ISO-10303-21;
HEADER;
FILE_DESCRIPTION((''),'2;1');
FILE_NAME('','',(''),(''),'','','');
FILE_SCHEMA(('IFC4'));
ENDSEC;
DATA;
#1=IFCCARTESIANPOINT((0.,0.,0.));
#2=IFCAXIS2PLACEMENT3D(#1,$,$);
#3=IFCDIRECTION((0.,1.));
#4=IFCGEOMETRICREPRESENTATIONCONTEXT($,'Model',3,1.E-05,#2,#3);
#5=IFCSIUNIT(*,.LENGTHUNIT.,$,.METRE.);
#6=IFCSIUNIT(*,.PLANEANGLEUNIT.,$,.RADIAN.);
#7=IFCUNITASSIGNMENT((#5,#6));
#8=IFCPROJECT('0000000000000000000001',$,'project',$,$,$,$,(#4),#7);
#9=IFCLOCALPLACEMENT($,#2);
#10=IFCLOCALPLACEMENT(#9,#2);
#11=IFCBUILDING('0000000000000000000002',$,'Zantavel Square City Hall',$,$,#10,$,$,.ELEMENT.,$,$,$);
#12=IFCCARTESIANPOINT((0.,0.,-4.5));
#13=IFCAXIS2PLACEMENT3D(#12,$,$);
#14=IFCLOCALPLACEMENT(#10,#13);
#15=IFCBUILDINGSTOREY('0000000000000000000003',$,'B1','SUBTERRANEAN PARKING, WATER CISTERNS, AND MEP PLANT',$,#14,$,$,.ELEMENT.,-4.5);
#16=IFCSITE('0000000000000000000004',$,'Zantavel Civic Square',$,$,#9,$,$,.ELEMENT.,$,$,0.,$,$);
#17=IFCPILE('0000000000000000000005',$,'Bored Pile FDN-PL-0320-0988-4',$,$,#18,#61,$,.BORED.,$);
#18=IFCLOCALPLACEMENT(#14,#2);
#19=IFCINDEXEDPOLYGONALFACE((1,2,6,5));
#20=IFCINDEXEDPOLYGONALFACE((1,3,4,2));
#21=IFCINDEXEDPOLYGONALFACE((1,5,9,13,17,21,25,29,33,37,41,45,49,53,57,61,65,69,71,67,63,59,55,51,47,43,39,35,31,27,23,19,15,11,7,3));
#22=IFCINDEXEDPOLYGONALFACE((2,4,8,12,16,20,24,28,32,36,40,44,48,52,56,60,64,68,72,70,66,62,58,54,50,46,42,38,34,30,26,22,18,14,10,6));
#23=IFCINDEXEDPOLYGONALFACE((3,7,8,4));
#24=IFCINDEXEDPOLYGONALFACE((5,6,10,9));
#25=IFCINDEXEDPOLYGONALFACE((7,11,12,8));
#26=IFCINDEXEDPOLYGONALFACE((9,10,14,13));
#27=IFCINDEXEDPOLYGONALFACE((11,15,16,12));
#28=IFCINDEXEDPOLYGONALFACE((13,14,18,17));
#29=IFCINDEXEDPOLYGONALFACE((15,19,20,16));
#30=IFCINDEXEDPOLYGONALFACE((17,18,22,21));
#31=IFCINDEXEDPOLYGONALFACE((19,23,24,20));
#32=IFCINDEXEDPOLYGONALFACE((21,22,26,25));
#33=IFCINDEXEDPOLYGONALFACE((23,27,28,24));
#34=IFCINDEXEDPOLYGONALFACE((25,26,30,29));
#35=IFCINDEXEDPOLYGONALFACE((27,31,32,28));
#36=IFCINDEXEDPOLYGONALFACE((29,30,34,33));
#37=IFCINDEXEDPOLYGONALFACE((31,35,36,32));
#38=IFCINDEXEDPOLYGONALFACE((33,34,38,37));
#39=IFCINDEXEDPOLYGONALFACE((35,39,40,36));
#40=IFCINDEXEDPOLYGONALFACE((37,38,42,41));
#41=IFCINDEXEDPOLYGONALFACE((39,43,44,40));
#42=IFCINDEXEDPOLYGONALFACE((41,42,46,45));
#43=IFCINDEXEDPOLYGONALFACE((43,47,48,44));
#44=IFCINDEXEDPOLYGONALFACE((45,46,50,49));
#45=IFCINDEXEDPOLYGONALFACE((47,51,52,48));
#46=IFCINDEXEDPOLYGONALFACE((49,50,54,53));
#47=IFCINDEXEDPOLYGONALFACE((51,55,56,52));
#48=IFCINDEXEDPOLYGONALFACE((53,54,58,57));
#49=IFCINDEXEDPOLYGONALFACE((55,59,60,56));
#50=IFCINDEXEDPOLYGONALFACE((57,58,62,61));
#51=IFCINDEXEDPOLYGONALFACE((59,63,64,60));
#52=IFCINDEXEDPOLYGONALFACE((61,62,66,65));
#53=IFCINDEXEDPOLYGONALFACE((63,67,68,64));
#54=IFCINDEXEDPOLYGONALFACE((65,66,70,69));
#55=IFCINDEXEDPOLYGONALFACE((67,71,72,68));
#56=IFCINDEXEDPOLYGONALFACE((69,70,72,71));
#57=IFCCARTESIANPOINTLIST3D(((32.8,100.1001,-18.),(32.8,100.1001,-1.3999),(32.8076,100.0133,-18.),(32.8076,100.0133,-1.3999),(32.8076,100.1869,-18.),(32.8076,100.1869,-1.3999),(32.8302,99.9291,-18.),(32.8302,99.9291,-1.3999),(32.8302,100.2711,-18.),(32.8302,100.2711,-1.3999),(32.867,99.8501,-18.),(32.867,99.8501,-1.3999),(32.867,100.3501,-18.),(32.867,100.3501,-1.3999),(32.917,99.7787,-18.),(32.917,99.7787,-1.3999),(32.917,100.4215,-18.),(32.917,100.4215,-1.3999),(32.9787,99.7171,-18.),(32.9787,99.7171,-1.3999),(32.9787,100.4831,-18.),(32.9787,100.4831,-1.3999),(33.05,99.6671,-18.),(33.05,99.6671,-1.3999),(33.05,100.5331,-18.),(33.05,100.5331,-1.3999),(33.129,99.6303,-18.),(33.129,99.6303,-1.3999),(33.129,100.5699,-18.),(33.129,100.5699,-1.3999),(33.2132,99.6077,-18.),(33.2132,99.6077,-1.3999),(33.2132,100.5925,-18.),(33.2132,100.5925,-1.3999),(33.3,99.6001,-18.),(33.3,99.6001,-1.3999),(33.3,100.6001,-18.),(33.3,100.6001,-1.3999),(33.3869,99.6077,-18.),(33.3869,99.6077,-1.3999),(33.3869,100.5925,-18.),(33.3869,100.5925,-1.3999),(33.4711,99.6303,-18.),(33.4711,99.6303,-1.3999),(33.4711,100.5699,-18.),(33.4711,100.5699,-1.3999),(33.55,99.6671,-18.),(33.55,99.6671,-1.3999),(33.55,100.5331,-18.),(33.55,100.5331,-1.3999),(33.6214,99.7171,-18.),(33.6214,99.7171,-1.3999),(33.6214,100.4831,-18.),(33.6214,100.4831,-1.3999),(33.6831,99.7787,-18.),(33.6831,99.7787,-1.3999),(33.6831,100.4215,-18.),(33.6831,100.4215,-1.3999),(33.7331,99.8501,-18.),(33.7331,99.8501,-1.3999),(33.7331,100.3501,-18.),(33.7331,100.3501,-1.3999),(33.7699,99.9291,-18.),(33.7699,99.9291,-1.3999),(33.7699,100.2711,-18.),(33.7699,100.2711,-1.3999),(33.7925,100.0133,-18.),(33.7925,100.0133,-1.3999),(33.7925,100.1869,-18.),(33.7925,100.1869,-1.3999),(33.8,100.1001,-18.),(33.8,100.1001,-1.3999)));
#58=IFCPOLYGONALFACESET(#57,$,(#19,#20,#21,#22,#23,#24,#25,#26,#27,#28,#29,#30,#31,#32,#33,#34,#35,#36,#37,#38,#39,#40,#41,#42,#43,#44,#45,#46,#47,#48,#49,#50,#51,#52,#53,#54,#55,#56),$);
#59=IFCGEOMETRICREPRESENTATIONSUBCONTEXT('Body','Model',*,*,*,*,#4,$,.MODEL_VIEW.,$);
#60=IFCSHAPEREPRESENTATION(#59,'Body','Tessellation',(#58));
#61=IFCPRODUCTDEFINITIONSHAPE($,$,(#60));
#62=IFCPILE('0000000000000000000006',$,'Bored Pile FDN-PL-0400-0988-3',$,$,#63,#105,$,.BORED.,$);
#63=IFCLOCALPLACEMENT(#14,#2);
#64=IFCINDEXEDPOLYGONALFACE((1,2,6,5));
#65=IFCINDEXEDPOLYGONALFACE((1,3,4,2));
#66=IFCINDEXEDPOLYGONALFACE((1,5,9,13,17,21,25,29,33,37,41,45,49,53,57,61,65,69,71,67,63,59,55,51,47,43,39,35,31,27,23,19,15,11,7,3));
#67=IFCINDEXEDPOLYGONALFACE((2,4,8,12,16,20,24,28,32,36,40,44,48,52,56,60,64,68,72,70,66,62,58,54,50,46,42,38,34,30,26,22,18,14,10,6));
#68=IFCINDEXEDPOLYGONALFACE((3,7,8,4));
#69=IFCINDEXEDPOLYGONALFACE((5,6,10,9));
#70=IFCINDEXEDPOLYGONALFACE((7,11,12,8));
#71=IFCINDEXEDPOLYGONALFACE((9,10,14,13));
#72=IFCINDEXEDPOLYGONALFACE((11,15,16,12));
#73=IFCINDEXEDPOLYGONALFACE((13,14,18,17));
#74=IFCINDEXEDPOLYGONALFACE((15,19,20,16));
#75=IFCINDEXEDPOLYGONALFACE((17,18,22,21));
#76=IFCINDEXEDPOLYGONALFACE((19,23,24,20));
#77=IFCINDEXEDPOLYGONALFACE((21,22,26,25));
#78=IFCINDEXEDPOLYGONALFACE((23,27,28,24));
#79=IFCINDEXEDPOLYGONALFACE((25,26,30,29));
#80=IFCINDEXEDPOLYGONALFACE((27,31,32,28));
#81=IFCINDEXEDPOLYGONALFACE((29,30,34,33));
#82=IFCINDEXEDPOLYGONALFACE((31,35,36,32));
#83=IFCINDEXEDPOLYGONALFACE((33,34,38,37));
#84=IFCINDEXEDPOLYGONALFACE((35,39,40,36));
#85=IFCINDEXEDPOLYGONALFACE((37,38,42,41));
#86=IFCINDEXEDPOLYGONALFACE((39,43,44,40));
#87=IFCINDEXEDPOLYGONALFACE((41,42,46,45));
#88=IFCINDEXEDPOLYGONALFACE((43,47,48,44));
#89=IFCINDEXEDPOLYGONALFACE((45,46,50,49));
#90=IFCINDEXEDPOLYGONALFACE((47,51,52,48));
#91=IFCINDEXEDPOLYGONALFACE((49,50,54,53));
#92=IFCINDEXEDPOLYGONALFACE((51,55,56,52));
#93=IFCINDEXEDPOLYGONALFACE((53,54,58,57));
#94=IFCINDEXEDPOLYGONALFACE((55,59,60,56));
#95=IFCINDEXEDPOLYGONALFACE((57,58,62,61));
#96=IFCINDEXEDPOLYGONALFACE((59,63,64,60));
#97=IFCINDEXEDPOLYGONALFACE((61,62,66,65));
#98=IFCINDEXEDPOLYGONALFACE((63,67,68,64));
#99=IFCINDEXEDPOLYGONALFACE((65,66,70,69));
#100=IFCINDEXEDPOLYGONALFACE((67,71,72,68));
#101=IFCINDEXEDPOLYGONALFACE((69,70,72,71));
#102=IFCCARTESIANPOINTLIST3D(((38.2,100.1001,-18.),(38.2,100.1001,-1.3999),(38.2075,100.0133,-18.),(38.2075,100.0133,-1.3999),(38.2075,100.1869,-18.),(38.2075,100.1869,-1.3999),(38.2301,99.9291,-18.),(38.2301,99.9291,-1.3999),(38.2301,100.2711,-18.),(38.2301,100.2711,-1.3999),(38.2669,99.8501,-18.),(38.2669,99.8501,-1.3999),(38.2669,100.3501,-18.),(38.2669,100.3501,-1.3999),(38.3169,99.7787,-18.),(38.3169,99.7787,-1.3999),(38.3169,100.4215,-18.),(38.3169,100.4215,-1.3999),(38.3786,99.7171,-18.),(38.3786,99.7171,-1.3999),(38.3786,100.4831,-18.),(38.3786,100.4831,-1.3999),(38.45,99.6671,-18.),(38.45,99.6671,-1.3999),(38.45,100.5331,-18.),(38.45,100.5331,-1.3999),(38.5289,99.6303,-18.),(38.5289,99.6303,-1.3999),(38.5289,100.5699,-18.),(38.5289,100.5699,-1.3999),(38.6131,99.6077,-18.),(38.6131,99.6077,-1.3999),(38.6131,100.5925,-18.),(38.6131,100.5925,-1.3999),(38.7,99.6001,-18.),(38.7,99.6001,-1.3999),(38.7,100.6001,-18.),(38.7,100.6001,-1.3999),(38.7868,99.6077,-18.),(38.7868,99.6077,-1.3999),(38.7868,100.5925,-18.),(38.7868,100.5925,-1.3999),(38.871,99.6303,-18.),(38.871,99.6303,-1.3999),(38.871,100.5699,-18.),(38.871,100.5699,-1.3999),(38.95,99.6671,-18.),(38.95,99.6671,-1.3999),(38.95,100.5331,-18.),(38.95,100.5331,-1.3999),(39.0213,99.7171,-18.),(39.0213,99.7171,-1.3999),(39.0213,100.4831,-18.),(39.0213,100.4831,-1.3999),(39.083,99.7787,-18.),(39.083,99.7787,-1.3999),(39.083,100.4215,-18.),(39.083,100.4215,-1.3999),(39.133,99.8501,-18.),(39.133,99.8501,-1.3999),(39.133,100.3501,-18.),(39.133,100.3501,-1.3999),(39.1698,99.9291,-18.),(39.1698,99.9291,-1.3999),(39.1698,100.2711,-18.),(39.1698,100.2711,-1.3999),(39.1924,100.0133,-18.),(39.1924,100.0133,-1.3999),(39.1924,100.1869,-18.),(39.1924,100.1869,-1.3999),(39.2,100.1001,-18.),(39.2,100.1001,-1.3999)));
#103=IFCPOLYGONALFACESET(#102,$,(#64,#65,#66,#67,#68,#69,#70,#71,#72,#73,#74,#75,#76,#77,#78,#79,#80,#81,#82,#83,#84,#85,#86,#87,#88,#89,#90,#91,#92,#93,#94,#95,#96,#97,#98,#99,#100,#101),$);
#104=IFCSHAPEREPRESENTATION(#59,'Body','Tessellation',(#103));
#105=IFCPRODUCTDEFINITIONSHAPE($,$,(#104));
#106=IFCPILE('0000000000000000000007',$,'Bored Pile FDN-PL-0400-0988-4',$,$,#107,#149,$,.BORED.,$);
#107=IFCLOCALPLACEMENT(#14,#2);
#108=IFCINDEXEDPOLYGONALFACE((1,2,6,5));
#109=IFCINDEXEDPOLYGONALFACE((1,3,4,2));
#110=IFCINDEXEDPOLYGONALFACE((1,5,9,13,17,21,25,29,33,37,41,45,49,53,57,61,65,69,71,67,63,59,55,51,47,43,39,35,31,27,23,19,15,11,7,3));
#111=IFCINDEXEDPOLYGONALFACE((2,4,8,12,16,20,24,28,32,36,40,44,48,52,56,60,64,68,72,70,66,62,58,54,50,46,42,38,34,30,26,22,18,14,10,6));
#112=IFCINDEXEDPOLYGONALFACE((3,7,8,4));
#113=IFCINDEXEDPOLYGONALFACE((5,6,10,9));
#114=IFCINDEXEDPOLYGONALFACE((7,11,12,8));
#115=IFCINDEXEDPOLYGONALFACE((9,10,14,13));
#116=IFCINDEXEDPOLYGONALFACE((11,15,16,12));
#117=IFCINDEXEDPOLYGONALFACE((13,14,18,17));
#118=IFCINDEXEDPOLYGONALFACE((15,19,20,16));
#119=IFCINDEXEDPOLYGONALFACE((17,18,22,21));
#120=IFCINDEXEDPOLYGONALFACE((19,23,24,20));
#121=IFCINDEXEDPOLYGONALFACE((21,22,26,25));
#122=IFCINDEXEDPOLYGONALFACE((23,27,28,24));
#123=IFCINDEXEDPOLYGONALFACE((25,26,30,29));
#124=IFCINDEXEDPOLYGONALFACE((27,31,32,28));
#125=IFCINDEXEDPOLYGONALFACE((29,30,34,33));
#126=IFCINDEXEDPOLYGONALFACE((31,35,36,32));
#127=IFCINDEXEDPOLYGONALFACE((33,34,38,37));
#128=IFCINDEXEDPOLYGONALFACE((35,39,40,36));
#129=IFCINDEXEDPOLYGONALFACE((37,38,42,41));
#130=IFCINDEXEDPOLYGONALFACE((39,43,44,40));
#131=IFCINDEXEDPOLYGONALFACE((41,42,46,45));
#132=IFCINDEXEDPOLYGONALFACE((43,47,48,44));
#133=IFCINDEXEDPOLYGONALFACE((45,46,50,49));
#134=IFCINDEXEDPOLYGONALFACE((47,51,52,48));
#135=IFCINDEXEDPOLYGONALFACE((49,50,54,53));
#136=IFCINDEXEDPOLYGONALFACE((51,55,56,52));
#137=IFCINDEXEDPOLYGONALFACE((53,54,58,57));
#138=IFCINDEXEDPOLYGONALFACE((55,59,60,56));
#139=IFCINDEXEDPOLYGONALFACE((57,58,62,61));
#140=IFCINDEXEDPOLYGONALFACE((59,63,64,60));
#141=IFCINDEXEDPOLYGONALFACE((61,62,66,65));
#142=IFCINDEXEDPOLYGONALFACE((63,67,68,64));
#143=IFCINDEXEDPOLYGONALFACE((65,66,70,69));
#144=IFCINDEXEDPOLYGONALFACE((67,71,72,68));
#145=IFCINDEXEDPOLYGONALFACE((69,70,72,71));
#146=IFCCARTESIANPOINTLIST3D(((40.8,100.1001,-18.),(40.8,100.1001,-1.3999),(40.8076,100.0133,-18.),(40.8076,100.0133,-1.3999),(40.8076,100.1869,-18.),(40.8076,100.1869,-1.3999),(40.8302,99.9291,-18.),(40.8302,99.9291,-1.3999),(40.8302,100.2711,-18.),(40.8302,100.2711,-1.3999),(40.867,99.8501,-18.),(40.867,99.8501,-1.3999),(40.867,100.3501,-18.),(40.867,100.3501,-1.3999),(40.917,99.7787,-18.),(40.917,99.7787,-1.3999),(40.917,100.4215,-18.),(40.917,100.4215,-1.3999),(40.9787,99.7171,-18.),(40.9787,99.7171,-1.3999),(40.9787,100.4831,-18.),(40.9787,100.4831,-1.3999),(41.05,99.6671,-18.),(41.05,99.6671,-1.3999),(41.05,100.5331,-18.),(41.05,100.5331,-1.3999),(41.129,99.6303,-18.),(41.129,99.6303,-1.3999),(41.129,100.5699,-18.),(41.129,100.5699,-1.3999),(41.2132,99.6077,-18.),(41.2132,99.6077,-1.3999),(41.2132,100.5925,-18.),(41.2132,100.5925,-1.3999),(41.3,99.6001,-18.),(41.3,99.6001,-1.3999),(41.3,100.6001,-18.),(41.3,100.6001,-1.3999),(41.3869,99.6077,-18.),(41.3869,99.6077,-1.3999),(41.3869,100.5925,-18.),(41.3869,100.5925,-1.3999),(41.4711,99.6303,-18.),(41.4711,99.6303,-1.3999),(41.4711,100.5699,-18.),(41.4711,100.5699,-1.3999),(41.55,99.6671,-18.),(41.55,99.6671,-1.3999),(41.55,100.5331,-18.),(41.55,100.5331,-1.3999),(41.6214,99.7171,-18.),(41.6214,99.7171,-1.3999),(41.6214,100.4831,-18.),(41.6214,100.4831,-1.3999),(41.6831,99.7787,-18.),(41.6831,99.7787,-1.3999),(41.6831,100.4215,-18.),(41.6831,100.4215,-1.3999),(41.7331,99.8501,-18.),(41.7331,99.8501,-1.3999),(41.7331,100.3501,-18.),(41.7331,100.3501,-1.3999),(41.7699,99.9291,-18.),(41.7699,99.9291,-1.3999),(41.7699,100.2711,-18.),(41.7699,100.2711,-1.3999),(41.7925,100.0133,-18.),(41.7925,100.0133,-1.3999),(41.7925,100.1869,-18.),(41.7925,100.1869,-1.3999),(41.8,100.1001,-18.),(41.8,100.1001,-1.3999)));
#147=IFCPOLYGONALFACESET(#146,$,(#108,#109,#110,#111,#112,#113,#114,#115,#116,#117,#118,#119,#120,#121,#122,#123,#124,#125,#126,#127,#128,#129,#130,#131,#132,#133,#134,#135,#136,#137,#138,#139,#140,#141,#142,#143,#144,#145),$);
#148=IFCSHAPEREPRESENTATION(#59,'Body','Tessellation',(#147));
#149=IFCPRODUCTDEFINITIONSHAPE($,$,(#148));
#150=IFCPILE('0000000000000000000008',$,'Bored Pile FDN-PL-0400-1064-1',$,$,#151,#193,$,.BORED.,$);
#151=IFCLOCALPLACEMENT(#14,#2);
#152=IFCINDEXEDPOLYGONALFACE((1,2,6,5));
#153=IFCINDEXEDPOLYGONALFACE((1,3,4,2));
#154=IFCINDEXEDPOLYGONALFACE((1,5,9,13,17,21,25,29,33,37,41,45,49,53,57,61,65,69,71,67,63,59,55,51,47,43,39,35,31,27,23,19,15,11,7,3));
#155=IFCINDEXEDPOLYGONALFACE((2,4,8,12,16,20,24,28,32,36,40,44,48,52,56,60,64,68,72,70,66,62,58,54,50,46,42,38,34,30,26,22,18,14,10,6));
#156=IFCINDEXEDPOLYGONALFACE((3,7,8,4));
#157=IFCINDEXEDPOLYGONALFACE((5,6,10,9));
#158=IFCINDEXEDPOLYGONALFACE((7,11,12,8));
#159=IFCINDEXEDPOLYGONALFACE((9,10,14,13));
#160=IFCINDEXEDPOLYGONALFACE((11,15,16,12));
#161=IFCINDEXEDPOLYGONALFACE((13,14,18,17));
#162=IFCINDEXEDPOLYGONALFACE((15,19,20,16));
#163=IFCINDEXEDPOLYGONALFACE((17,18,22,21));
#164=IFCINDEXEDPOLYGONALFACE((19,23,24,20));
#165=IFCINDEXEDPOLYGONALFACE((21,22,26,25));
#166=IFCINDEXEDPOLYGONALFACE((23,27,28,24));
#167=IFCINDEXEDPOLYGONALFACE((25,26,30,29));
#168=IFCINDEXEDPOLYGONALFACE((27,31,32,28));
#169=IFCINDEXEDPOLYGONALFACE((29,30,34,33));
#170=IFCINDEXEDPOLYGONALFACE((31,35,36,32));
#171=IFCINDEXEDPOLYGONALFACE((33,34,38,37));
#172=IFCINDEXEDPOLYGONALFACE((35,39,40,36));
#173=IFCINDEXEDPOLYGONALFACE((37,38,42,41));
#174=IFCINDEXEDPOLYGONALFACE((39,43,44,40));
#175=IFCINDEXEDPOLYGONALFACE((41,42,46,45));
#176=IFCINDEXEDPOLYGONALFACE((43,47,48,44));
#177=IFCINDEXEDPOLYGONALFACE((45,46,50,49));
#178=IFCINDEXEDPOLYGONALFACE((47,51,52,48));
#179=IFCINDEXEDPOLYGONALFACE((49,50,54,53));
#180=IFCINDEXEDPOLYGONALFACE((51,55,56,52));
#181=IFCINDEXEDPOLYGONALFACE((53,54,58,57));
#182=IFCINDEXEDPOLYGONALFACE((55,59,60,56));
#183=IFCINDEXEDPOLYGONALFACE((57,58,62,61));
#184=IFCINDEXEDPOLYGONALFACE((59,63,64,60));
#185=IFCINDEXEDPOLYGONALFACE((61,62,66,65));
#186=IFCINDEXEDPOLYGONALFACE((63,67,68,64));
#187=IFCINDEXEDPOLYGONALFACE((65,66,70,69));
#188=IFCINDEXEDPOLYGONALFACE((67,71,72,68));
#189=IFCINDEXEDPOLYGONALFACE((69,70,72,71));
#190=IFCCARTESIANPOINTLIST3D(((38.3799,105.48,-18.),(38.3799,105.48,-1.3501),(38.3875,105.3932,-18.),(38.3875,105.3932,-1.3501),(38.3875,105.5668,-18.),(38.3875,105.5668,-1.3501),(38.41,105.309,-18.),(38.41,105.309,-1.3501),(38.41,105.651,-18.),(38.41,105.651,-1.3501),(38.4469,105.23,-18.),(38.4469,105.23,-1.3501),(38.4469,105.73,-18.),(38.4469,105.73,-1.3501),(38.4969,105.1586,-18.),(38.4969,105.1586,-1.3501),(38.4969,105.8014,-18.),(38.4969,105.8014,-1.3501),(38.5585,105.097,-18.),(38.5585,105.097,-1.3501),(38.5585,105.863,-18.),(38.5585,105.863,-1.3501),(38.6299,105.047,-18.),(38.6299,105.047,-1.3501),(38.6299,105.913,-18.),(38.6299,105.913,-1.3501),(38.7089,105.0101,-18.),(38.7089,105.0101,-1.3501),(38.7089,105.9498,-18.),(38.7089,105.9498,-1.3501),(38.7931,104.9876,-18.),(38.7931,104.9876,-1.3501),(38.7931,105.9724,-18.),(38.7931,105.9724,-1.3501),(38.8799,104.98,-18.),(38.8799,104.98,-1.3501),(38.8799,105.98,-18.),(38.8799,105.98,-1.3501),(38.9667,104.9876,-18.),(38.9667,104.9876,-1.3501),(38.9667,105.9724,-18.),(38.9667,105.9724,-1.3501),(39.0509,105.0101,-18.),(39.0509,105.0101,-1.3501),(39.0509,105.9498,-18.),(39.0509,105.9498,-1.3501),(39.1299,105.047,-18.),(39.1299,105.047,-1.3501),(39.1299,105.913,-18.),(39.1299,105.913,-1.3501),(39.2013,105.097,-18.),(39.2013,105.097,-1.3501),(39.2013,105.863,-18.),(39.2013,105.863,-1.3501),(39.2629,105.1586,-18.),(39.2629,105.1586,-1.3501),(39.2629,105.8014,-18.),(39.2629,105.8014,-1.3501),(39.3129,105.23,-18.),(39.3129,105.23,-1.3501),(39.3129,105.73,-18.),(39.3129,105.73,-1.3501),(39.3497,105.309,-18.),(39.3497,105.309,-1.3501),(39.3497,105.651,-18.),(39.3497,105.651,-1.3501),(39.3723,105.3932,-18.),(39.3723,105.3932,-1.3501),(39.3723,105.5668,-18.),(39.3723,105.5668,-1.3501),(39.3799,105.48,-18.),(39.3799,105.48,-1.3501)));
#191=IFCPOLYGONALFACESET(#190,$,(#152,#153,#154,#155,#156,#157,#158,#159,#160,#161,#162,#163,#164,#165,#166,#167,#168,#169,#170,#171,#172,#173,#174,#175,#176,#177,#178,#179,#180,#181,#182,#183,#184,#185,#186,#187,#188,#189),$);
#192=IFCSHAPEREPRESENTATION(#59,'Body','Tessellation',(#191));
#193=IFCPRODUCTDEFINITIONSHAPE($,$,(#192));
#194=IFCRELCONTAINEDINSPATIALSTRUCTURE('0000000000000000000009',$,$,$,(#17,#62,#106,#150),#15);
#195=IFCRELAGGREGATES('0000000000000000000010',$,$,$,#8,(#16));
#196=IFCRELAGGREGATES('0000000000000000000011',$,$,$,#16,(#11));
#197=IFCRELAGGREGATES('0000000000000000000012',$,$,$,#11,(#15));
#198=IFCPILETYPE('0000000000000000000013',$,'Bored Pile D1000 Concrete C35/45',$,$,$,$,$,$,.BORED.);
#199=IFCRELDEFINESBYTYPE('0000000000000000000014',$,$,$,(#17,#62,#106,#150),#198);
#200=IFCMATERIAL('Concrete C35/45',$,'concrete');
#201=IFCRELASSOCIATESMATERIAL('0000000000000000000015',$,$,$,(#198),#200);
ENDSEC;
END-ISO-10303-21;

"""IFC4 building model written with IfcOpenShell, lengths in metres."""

from ifc_helpers import new_model, si_unit, direction, frame, origin, origin_2d, place, context, subcontext, project, spatial, circle, extrude, material, material_profile, profile_set, type_object, element, save


model = new_model("IFC4")

# Units and contexts
model_context = context("Model", 3, precision=1e-05, world=origin(), true_north=direction((0.0, 1.0)))
body_context = subcontext(model_context, "Body", "Model", "MODEL_VIEW")
ifc_project = project(units=[si_unit("LENGTHUNIT", "METRE"), si_unit("PLANEANGLEUNIT", "RADIAN")], contexts=[model_context])

# Site, building, storey
site_placement = place(None, origin())
site = spatial("IfcSite", under=ifc_project, at=site_placement, Name="Zantavel Civic Square", CompositionType="ELEMENT", RefElevation=0.0)
building_placement = place(site_placement, origin())
building = spatial("IfcBuilding", under=site, at=building_placement, Name="Zantavel Square City Hall", CompositionType="ELEMENT")
storey_placement = place(building_placement, frame((0.0, 0.0, -4.5)))
storey = spatial("IfcBuildingStorey", under=building, at=storey_placement, Name="B1", Description="SUBTERRANEAN PARKING, WATER CISTERNS, AND MEP PLANT", CompositionType="ELEMENT", Elevation=-4.5)

# Piles
ifc_material_1 = material(Name="Concrete C35/45", Category="concrete")
ifc_material_profile_1 = material_profile(ifc_material_1, circle(Radius=0.5, at=origin_2d()), Name="PILE D1000")
ifc_profile_set_1 = profile_set([ifc_material_profile_1], Name="Concrete C35/45")
pile_type = type_object("IfcPileType", Name="Bored Pile D1000 Concrete C35/45", PredefinedType="BORED", material=ifc_profile_set_1)
for number, where, z_axis, x_axis, name in (
    (1, (33.3, 100.1001, -1.3999), (0.0, 0.0, -1.0), (1.0, 0.0, 0.0), "Bored Pile FDN-PL-0320-0988-4"),
    (2, (38.7, 100.1001, -1.3999), (0.0, 0.0, -1.0), (1.0, 0.0, 0.0), "Bored Pile FDN-PL-0400-0988-3"),
    (3, (41.3, 100.1001, -1.3999), (0.0, 0.0, -1.0), (1.0, 0.0, 0.0), "Bored Pile FDN-PL-0400-0988-4"),
):
    element("IfcPile", number, at=place(storey_placement, frame(where, z_axis=z_axis, x_axis=x_axis)), inside=storey, type_object=pile_type, Name=name, PredefinedType="BORED", context=body_context, shape_type="SweptSolid", body=[
        extrude(circle(Radius=0.5, at=origin_2d()), origin(), (0.0, 0.0, 1.0), 16.6001),
    ])
for number, where, z_axis, x_axis, name in (
    (4, (38.8799, 105.48, -1.3501), (0.0, 0.0, -1.0), (1.0, 0.0, 0.0), "Bored Pile FDN-PL-0400-1064-1"),
):
    element("IfcPile", number, at=place(storey_placement, frame(where, z_axis=z_axis, x_axis=x_axis)), inside=storey, type_object=pile_type, Name=name, PredefinedType="BORED", context=body_context, shape_type="SweptSolid", body=[
        extrude(circle(Radius=0.5, at=origin_2d()), origin(), (0.0, 0.0, 1.0), 16.6499),
    ])

save(model, "model.ifc")
